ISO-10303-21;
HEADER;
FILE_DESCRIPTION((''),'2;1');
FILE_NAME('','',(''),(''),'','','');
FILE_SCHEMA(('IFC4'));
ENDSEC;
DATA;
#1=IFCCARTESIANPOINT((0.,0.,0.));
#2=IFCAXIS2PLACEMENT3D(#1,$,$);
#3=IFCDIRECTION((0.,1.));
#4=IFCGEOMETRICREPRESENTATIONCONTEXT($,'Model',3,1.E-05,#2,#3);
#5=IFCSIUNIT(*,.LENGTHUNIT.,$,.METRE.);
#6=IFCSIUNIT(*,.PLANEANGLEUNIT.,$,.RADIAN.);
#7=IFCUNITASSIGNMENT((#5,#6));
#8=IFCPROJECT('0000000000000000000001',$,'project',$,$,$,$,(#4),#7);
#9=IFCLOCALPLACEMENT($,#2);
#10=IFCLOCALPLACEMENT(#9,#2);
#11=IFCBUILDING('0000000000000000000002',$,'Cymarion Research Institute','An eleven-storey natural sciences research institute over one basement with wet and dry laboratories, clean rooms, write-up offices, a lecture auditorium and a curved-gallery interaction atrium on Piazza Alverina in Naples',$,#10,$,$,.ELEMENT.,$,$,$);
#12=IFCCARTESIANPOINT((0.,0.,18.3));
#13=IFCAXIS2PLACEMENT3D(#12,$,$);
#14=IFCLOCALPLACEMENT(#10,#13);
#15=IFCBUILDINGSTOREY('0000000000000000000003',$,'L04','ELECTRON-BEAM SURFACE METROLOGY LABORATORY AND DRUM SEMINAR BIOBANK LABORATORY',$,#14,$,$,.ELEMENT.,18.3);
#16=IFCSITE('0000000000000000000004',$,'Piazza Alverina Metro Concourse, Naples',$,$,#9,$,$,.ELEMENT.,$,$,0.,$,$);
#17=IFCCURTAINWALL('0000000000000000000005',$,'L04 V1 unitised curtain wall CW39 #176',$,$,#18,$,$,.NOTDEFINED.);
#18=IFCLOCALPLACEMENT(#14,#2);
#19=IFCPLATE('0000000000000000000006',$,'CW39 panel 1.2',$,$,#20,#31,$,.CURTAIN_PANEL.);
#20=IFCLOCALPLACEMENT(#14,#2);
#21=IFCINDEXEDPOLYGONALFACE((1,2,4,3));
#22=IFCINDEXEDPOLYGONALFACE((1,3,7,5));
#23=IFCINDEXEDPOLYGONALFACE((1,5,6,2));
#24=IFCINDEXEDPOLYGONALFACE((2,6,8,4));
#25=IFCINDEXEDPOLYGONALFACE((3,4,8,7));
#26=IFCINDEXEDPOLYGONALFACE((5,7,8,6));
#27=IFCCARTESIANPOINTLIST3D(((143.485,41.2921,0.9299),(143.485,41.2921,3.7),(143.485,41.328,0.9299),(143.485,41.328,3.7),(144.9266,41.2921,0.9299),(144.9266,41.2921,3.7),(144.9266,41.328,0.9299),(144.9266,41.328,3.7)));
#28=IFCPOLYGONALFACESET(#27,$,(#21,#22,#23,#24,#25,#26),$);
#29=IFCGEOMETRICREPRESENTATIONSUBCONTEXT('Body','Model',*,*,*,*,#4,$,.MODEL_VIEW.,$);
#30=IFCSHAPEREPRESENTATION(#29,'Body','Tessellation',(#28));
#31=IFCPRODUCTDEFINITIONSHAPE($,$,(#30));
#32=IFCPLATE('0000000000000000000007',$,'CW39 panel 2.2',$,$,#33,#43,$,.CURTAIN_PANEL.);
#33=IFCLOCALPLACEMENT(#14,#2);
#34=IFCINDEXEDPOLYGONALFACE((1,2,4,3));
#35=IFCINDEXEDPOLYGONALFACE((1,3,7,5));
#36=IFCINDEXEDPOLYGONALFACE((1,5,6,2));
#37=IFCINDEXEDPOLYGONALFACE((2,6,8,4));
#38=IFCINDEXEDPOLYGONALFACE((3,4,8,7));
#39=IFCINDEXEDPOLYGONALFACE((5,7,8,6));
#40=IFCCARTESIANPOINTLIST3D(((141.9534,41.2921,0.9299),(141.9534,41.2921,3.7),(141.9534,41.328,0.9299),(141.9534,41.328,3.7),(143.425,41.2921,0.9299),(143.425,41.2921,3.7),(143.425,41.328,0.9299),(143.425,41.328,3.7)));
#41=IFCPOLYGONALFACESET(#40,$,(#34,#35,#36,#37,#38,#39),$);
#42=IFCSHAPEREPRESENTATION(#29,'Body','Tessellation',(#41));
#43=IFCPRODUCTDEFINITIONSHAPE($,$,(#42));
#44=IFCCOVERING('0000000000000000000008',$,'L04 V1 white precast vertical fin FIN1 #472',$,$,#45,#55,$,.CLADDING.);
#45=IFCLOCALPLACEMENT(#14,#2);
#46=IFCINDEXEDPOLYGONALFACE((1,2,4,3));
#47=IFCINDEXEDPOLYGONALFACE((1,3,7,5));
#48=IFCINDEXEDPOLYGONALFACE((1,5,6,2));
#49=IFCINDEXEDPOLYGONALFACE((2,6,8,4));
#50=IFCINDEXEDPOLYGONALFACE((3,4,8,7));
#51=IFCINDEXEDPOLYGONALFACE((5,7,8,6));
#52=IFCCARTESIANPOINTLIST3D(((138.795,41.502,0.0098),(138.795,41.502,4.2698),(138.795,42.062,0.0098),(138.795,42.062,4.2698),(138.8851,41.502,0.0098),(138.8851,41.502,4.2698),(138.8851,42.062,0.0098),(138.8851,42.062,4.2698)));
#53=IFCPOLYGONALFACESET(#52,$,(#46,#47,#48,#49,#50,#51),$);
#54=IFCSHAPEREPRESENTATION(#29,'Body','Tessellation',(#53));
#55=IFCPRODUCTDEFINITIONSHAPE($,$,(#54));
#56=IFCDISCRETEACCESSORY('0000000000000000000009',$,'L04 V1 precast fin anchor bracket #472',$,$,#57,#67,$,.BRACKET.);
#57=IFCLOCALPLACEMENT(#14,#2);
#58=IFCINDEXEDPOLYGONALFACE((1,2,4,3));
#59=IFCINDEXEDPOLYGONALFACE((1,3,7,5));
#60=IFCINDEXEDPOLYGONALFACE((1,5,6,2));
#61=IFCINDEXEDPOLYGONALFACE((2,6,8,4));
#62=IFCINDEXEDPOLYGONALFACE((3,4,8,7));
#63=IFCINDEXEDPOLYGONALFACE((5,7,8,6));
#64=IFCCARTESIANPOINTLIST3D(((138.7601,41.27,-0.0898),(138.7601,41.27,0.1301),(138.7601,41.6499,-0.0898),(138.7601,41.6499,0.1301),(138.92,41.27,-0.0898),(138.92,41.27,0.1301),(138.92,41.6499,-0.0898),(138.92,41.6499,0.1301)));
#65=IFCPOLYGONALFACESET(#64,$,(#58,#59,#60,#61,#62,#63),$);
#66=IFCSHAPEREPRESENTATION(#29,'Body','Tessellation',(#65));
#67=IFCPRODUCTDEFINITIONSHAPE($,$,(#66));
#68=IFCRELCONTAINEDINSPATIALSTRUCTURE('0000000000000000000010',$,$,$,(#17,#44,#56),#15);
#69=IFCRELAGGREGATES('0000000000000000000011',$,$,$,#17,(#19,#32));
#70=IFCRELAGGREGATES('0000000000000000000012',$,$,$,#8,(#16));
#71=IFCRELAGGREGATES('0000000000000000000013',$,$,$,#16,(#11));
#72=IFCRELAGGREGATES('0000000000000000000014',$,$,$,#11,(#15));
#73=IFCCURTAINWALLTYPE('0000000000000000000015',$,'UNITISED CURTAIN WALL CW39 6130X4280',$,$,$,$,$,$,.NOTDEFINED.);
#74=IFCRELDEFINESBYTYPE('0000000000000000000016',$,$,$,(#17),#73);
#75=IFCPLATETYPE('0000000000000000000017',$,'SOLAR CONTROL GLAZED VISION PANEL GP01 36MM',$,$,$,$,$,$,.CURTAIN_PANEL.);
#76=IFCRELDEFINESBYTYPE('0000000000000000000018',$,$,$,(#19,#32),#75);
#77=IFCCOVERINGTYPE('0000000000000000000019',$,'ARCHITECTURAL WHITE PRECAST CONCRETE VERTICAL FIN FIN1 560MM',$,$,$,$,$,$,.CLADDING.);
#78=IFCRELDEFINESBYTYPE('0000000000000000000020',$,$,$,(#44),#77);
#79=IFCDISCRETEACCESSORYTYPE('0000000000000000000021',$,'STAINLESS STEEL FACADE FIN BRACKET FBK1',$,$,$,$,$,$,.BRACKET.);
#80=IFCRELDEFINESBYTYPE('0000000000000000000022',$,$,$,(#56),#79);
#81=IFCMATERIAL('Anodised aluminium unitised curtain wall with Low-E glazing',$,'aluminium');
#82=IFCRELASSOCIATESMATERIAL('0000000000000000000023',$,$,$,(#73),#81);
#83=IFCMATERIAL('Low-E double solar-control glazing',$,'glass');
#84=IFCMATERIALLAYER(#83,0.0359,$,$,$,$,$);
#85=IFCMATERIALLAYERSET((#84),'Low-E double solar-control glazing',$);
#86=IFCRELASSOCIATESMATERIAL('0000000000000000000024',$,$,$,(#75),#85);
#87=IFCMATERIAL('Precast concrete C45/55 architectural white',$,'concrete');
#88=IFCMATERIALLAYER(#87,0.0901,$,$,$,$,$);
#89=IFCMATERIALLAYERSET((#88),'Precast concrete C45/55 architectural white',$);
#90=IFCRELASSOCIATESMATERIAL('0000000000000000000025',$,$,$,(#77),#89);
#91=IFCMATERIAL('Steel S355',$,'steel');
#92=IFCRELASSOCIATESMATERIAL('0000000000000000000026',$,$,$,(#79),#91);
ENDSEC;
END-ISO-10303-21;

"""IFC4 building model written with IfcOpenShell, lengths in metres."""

from ifc_helpers import new_model, si_unit, direction, frame, origin, origin_2d, place, context, subcontext, project, spatial, rectangle, extrude, material, layer, layer_set, type_object, element, aggregate, save


model = new_model("IFC4")

# Units and contexts
model_context = context("Model", 3, precision=1e-05, world=origin(), true_north=direction((0.0, 1.0)))
body_context = subcontext(model_context, "Body", "Model", "MODEL_VIEW")
ifc_project = project(units=[si_unit("LENGTHUNIT", "METRE"), si_unit("PLANEANGLEUNIT", "RADIAN")], contexts=[model_context])

# Site, building, storey
site_placement = place(None, origin())
site = spatial("IfcSite", under=ifc_project, at=site_placement, Name="Piazza Alverina Metro Concourse, Naples", CompositionType="ELEMENT", RefElevation=0.0)
building_placement = place(site_placement, origin())
building = spatial("IfcBuilding", under=site, at=building_placement, Name="Cymarion Research Institute", Description="An eleven-storey natural sciences research institute over one basement with wet and dry laboratories, clean rooms, write-up offices, a lecture auditorium and a curved-gallery interaction atrium on Piazza Alverina in Naples", CompositionType="ELEMENT")
storey_placement = place(building_placement, frame((0.0, 0.0, 18.3)))
storey = spatial("IfcBuildingStorey", under=building, at=storey_placement, Name="L04", Description="ELECTRON-BEAM SURFACE METROLOGY LABORATORY AND DRUM SEMINAR BIOBANK LABORATORY", CompositionType="ELEMENT", Elevation=18.3)

# Curtain wall, plates
ifc_material_1 = material(Name="Anodised aluminium unitised curtain wall with Low-E glazing", Category="aluminium")
curtain_wall_type = type_object("IfcCurtainWallType", Name="UNITISED CURTAIN WALL CW39 6130X4280", PredefinedType="NOTDEFINED", material=ifc_material_1)
curtain_wall_placement = place(storey_placement, origin())
curtain_wall = element("IfcCurtainWall", 1, at=curtain_wall_placement, inside=storey, type_object=curtain_wall_type, Name="L04 V1 unitised curtain wall CW39 #176", PredefinedType="NOTDEFINED")
ifc_material_2 = material(Name="Low-E double solar-control glazing", Category="glass")
ifc_layer_1 = layer(ifc_material_2, 0.0359)
ifc_layer_set_1 = layer_set([ifc_layer_1], Name="Low-E double solar-control glazing")
plate_type_1 = type_object("IfcPlateType", Name="SOLAR CONTROL GLAZED VISION PANEL GP01 36MM", PredefinedType="CURTAIN_PANEL", material=ifc_layer_set_1)
plate_1_placement = place(storey_placement, frame((144.2058, 41.3101, 0.9299), z_axis=(0.0, 0.0, 1.0), x_axis=(-1.0, 0.0, 0.0)))
plate_1 = element("IfcPlate", 2, at=plate_1_placement, type_object=plate_type_1, Name="CW39 panel 1.2", PredefinedType="CURTAIN_PANEL", context=body_context, shape_type="SweptSolid", body=[
    extrude(rectangle(XDim=1.4417, YDim=0.0359, at=origin_2d()), origin(), (0.0, 0.0, 1.0), 2.77),
])
plate_2_placement = place(storey_placement, frame((142.6892, 41.3101, 0.9299), z_axis=(0.0, 0.0, 1.0), x_axis=(-1.0, 0.0, 0.0)))
plate_2 = element("IfcPlate", 3, at=plate_2_placement, type_object=plate_type_1, Name="CW39 panel 2.2", PredefinedType="CURTAIN_PANEL", context=body_context, shape_type="SweptSolid", body=[
    extrude(rectangle(XDim=1.4717, YDim=0.0359, at=origin_2d()), origin(), (0.0, 0.0, 1.0), 2.77),
])
aggregate(curtain_wall, [plate_1, plate_2])

# Covering
ifc_material_3 = material(Name="Precast concrete C45/55 architectural white", Category="concrete")
ifc_layer_2 = layer(ifc_material_3, 0.0901)
ifc_layer_set_2 = layer_set([ifc_layer_2], Name="Precast concrete C45/55 architectural white")
covering_type = type_object("IfcCoveringType", Name="ARCHITECTURAL WHITE PRECAST CONCRETE VERTICAL FIN FIN1 560MM", PredefinedType="CLADDING", material=ifc_layer_set_2)
covering_placement = place(storey_placement, frame((138.8401, 41.782, 0.0098), z_axis=(0.0, 0.0, 1.0), x_axis=(0.0, 1.0, 0.0)))
element("IfcCovering", 4, at=covering_placement, inside=storey, type_object=covering_type, Name="L04 V1 white precast vertical fin FIN1 #472", PredefinedType="CLADDING", context=body_context, shape_type="SweptSolid", body=[
    extrude(rectangle(XDim=0.5601, YDim=0.0901, at=origin_2d()), origin(), (0.0, 0.0, 1.0), 4.26),
])

# Discrete accessory
ifc_material_4 = material(Name="Steel S355", Category="steel")
discrete_accessory_type = type_object("IfcDiscreteAccessoryType", Name="STAINLESS STEEL FACADE FIN BRACKET FBK1", PredefinedType="BRACKET", material=ifc_material_4)
discrete_accessory_placement = place(storey_placement, frame((138.8401, 41.46, -0.0898), z_axis=(0.0, 0.0, 1.0), x_axis=(0.0, 1.0, 0.0)))
element("IfcDiscreteAccessory", 5, at=discrete_accessory_placement, inside=storey, type_object=discrete_accessory_type, Name="L04 V1 precast fin anchor bracket #472", PredefinedType="BRACKET", context=body_context, shape_type="SweptSolid", body=[
    extrude(rectangle(XDim=0.3799, YDim=0.1599, at=origin_2d()), origin(), (0.0, 0.0, 1.0), 0.22),
])

save(model, "model.ifc")
